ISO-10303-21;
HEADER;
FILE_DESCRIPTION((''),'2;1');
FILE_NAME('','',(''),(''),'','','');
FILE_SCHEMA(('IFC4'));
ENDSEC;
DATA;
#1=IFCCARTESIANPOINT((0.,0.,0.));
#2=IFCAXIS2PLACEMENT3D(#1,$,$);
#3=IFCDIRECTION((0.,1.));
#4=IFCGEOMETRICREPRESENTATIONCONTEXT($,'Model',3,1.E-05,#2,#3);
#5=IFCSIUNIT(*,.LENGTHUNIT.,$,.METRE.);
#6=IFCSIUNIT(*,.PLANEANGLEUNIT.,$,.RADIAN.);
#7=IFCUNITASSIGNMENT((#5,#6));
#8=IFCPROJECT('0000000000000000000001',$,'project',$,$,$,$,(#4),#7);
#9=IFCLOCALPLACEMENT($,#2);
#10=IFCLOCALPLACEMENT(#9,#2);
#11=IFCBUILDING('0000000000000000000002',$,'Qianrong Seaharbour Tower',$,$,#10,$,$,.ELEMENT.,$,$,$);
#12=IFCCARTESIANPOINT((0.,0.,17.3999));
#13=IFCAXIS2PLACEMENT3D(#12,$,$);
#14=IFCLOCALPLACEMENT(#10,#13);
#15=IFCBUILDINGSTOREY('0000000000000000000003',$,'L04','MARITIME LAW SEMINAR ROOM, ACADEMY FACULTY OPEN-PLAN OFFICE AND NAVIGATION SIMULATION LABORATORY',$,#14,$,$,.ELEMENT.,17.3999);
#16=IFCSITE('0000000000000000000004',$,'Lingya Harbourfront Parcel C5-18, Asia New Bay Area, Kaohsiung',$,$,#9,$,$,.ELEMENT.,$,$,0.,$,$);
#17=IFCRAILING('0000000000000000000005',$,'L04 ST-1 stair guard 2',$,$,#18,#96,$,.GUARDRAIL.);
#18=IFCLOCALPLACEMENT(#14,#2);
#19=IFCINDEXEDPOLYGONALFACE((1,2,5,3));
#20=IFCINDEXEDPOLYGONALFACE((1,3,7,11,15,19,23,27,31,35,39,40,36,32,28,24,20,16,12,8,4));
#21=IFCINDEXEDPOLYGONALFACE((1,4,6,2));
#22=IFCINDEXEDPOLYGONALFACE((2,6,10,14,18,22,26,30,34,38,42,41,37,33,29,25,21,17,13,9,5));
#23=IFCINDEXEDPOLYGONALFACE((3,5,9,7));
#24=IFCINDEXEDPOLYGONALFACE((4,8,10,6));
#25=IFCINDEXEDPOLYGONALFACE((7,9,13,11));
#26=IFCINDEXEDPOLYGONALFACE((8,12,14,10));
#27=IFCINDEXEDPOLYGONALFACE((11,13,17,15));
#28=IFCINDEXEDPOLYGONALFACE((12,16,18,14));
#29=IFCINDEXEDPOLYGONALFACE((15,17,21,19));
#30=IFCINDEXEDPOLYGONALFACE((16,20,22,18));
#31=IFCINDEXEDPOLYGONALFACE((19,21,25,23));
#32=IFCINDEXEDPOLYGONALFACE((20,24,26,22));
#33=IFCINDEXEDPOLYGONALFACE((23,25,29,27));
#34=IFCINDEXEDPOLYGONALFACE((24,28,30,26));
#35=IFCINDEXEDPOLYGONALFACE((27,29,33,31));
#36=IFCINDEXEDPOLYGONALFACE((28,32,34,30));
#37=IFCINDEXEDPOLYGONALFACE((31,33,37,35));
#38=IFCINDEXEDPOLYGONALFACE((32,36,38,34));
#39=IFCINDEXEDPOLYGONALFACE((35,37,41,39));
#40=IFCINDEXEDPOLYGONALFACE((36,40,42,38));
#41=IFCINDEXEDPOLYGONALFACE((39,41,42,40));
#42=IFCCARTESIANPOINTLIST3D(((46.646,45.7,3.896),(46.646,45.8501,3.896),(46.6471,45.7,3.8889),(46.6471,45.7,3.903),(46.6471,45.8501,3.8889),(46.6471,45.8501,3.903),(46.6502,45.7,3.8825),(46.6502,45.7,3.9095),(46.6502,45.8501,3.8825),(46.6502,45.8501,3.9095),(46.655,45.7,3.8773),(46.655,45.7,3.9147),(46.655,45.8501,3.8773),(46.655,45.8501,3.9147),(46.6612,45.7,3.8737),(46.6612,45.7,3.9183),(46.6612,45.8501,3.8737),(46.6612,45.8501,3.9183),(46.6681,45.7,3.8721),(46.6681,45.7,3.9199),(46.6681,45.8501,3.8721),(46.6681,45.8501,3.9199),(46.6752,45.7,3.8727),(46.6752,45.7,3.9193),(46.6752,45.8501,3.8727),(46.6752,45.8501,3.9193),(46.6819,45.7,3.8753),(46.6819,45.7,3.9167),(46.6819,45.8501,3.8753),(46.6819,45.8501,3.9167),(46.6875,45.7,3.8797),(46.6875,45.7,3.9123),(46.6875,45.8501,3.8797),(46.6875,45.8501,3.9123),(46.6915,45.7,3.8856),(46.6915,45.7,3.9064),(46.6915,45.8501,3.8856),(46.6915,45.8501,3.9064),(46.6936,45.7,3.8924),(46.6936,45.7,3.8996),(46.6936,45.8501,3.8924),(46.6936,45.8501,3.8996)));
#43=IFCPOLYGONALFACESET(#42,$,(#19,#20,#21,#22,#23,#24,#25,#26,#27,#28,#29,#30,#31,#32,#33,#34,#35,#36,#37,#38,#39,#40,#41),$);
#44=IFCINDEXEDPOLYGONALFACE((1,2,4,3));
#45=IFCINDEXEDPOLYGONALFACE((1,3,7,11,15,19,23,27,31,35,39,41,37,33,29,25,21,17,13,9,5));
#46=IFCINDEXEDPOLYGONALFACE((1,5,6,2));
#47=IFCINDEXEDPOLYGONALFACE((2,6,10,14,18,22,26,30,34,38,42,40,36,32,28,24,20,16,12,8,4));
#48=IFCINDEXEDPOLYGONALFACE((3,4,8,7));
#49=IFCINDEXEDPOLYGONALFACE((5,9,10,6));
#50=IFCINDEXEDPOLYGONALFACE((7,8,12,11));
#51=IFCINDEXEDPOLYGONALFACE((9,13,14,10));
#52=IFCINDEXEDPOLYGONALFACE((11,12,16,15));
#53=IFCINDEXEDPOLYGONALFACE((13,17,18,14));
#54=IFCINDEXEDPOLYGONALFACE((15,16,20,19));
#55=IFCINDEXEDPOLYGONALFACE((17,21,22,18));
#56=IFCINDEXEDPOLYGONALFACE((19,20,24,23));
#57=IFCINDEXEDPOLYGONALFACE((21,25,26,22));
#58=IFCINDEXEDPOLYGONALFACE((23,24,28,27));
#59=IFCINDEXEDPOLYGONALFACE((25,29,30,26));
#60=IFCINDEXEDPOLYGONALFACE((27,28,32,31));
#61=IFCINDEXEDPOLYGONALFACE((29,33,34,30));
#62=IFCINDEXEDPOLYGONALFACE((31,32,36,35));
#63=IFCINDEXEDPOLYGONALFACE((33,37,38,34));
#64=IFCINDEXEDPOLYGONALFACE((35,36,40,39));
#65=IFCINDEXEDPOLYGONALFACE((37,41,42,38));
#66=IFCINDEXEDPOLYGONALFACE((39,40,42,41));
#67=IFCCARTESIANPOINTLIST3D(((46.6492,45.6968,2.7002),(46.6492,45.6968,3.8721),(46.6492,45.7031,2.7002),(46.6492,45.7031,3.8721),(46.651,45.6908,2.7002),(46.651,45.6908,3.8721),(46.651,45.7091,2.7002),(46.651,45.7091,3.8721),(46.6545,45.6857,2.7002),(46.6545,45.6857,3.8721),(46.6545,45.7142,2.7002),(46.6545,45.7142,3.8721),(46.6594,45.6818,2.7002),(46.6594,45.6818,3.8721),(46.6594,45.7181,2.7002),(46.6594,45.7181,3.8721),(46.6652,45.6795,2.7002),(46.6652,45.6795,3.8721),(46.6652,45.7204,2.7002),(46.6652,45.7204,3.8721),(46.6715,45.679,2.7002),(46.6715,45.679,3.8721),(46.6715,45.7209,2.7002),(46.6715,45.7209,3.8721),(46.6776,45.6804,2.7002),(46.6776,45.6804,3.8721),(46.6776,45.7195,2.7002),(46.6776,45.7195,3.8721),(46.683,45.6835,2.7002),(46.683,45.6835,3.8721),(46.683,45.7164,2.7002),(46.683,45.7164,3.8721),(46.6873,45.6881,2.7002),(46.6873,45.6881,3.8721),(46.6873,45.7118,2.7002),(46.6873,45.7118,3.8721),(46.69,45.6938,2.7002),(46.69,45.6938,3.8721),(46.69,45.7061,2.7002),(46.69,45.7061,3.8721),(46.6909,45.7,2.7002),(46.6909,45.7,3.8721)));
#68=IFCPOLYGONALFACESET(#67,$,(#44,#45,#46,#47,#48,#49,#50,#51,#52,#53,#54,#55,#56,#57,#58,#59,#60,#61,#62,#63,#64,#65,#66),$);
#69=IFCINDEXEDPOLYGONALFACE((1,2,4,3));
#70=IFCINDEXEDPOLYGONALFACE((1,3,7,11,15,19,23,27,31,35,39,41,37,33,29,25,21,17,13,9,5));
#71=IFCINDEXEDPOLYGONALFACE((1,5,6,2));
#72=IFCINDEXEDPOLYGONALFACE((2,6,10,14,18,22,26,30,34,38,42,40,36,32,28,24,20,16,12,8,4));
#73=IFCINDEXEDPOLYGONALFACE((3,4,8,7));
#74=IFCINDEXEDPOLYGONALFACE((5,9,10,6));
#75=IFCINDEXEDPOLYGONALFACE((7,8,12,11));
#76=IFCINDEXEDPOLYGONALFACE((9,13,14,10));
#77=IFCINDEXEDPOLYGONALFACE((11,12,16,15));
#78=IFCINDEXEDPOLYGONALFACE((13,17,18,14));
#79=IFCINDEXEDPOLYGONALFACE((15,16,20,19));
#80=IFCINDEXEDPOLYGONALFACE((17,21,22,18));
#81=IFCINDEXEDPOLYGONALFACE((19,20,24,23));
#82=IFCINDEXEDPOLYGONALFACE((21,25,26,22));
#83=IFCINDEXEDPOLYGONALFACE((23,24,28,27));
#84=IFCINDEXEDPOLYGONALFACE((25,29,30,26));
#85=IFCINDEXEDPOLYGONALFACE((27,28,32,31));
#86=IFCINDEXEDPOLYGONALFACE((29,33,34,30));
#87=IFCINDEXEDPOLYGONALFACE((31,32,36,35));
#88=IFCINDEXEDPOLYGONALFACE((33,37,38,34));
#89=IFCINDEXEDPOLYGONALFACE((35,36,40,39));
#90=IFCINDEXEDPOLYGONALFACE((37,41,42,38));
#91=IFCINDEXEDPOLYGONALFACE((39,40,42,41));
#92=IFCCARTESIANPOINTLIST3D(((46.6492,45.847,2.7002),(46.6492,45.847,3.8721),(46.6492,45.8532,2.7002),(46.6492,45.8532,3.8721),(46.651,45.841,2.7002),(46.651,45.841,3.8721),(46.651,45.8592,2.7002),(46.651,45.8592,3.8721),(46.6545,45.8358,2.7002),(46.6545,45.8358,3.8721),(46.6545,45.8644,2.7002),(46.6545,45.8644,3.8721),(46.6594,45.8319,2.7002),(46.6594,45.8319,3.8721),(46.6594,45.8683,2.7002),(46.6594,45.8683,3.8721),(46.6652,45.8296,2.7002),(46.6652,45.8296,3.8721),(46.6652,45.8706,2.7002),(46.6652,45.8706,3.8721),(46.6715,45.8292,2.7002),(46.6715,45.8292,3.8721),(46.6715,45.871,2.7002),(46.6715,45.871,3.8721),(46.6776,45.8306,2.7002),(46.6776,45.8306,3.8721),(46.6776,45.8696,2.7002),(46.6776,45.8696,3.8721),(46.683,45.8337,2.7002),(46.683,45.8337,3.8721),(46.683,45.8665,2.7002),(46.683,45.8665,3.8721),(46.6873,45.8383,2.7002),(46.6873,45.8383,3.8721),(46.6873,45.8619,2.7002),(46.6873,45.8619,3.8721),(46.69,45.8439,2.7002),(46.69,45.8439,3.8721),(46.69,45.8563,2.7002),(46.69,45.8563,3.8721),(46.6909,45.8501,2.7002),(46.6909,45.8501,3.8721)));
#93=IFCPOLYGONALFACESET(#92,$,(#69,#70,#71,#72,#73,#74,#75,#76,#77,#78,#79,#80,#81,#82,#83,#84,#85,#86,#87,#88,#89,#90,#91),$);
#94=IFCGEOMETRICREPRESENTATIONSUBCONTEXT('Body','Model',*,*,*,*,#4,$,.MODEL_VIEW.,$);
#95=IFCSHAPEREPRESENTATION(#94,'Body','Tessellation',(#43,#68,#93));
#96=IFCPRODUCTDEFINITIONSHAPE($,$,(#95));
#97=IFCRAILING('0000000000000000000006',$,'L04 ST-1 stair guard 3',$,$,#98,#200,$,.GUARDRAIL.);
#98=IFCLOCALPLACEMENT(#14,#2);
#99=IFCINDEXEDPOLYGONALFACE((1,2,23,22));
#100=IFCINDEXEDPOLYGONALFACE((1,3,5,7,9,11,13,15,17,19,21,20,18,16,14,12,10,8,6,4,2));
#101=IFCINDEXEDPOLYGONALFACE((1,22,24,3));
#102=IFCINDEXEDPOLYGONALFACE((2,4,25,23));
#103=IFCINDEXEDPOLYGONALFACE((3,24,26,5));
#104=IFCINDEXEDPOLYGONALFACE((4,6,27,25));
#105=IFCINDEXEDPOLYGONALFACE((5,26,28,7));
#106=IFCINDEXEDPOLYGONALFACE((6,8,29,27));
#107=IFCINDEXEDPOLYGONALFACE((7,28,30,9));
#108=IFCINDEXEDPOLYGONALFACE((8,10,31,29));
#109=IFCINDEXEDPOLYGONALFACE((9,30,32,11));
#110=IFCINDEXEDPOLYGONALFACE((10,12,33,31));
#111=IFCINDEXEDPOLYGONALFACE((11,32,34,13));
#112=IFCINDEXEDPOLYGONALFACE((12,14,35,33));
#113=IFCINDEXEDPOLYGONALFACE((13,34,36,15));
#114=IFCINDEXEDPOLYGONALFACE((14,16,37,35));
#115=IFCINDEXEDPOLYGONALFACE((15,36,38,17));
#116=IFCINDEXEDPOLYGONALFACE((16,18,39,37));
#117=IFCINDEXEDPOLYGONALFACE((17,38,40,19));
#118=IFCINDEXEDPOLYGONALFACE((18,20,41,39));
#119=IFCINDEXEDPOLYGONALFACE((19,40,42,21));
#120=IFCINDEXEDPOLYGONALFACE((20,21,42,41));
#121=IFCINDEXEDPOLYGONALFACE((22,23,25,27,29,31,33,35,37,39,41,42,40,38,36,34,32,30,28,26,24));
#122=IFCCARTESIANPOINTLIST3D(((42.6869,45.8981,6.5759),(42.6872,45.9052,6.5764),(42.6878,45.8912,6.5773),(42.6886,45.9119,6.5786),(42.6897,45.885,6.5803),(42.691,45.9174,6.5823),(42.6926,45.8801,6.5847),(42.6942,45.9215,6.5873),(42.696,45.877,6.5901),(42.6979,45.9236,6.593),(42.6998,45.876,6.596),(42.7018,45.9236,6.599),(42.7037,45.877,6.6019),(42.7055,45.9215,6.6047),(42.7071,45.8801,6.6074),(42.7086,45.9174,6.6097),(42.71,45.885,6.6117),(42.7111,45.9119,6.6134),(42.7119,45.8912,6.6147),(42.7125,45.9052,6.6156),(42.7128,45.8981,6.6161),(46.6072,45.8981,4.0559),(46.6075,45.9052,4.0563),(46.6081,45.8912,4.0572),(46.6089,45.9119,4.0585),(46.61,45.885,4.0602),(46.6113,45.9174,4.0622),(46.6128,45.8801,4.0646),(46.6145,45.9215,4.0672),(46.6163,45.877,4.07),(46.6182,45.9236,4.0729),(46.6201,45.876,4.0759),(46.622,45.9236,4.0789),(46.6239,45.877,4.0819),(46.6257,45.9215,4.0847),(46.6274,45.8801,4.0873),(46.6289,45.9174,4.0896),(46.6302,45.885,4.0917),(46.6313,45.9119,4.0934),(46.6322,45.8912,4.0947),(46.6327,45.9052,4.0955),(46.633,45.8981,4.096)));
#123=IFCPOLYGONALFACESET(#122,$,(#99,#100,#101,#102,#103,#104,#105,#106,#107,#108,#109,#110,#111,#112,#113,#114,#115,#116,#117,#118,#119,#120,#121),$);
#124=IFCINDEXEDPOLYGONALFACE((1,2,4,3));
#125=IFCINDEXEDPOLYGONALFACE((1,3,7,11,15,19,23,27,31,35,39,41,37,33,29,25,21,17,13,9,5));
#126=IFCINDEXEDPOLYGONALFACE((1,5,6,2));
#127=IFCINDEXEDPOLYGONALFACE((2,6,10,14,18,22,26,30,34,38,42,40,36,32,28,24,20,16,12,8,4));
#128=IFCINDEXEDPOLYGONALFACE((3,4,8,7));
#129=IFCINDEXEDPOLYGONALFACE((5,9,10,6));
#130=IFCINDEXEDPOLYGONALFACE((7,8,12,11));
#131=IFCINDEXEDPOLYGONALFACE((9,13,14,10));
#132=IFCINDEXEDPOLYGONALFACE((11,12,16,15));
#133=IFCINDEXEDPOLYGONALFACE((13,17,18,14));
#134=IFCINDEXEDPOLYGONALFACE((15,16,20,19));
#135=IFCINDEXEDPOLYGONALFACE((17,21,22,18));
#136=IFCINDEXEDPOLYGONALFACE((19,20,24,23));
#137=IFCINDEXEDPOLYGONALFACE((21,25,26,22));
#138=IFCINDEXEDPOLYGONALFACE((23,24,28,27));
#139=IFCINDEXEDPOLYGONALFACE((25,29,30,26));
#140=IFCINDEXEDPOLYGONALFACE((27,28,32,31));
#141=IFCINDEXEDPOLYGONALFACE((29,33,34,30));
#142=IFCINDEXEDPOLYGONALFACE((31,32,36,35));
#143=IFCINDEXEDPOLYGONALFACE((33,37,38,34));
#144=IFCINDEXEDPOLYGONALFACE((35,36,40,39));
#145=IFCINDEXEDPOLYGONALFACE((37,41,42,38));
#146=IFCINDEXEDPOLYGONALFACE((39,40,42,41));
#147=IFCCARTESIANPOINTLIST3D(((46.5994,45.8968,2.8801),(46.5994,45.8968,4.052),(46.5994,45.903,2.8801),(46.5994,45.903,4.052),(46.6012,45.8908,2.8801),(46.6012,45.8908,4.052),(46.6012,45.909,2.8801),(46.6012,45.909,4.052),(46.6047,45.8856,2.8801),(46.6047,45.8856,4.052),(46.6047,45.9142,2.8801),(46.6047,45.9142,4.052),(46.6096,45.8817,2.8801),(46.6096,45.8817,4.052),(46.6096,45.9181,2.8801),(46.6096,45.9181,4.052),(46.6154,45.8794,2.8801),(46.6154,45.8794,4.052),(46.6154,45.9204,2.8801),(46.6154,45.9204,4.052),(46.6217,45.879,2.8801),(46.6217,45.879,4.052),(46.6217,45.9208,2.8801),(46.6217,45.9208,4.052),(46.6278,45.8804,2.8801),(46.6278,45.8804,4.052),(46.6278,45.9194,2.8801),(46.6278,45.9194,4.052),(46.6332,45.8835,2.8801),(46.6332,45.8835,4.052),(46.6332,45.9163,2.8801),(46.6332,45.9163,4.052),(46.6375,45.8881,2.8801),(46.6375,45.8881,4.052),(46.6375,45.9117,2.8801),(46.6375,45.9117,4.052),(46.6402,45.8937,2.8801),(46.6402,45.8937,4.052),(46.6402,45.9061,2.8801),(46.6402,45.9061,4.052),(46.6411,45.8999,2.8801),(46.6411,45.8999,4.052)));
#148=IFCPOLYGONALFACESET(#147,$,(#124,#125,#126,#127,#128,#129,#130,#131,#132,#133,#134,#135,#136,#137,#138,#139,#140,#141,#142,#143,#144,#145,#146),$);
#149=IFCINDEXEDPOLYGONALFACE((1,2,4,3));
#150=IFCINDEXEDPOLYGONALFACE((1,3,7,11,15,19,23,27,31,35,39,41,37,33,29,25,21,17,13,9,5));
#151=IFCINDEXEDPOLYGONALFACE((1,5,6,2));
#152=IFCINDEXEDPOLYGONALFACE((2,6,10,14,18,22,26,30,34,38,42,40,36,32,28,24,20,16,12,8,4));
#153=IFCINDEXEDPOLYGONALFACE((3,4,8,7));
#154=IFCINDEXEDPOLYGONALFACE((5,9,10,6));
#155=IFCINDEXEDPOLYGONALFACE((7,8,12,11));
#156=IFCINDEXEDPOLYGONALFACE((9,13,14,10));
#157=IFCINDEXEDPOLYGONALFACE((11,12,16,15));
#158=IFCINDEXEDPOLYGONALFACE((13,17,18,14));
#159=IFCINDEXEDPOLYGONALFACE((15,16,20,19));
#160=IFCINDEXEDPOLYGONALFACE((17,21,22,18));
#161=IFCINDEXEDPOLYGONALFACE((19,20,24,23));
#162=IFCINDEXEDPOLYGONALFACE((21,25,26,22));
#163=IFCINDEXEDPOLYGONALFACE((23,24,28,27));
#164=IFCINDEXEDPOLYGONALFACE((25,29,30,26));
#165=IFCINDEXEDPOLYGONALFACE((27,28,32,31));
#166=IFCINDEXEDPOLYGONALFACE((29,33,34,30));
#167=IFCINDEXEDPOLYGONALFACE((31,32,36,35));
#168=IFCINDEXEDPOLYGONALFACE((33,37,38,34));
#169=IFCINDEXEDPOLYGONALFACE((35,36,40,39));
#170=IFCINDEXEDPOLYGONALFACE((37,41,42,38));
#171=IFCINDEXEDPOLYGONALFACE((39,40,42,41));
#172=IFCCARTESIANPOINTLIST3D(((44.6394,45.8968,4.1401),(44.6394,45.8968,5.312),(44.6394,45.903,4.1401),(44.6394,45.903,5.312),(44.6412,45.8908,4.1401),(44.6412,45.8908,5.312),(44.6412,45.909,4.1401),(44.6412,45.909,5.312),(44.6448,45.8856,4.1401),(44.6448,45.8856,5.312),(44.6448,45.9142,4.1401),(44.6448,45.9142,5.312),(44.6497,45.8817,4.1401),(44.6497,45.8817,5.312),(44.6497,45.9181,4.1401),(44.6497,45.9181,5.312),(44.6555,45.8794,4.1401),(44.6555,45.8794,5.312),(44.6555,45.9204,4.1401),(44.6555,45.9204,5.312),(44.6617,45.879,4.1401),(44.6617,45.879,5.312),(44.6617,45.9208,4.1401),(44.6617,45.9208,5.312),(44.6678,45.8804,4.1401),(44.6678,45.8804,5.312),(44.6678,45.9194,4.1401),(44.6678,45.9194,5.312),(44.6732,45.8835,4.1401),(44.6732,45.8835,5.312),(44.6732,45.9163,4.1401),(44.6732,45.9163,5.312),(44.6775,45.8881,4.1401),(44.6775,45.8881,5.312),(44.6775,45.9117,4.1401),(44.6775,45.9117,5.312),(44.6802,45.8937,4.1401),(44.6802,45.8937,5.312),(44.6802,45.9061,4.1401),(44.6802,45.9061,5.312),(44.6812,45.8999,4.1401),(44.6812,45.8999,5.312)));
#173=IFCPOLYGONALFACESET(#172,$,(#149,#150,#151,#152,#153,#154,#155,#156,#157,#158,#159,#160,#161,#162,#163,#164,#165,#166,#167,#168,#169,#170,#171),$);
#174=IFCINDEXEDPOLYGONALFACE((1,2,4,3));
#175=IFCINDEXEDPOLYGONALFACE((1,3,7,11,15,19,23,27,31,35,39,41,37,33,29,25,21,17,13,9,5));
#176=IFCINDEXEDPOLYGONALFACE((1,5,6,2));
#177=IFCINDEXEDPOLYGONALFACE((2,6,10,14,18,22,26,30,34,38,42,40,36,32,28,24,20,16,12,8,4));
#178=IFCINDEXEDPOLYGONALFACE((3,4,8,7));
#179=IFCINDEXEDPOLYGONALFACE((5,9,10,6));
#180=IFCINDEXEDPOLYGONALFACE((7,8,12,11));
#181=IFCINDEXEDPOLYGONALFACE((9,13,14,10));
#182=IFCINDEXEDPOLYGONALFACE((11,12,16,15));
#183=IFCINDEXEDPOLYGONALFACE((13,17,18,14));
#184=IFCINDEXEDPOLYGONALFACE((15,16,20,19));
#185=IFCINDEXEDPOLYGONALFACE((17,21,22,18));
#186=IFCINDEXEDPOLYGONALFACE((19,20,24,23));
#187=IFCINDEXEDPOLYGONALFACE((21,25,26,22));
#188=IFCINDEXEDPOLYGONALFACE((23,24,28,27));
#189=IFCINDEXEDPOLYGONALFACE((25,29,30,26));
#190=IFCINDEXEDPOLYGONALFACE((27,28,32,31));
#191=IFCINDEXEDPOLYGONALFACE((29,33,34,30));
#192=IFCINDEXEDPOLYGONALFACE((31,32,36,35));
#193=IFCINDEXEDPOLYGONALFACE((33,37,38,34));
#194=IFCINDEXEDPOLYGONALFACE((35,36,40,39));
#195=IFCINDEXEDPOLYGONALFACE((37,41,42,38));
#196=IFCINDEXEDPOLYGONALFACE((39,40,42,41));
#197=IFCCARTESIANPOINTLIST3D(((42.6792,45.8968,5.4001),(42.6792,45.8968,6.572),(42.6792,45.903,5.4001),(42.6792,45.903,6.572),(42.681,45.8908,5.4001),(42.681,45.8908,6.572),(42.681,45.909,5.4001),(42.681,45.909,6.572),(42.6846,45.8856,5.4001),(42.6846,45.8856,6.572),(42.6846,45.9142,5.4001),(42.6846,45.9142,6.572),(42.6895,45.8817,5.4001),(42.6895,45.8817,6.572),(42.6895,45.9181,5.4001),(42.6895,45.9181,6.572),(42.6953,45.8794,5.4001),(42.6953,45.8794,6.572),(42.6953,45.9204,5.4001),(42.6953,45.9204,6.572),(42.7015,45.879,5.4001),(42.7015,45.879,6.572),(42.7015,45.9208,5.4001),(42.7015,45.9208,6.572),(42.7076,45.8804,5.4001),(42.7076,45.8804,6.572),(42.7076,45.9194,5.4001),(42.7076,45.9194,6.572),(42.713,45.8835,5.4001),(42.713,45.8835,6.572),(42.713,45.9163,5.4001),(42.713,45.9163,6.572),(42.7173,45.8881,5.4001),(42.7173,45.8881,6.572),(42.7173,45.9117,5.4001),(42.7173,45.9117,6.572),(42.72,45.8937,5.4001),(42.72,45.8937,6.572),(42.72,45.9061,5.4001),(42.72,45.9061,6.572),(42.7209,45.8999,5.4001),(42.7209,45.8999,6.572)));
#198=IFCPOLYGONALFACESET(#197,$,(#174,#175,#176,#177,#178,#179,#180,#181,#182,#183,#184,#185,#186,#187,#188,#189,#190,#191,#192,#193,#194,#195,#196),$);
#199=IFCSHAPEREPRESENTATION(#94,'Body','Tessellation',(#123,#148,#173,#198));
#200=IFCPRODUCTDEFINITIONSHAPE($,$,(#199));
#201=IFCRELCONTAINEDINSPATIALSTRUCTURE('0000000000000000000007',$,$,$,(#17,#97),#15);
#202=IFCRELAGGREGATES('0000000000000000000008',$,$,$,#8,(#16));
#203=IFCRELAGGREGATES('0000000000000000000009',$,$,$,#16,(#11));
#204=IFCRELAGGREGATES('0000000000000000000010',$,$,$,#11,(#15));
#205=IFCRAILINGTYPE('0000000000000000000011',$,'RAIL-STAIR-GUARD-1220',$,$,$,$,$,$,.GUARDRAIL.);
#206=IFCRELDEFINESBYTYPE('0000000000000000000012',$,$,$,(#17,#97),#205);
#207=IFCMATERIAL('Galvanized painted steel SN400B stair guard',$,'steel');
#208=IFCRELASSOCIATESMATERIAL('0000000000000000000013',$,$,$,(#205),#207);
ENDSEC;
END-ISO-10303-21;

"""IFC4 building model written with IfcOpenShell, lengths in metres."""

from ifc_helpers import new_model, si_unit, direction, frame, origin, origin_2d, place, context, subcontext, project, spatial, circle, extrude, material, type_object, element, save


model = new_model("IFC4")

# Units and contexts
model_context = context("Model", 3, precision=1e-05, world=origin(), true_north=direction((0.0, 1.0)))
body_context = subcontext(model_context, "Body", "Model", "MODEL_VIEW")
ifc_project = project(units=[si_unit("LENGTHUNIT", "METRE"), si_unit("PLANEANGLEUNIT", "RADIAN")], contexts=[model_context])

# Site, building, storey
site_placement = place(None, origin())
site = spatial("IfcSite", under=ifc_project, at=site_placement, Name="Lingya Harbourfront Parcel C5-18, Asia New Bay Area, Kaohsiung", CompositionType="ELEMENT", RefElevation=0.0)
building_placement = place(site_placement, origin())
building = spatial("IfcBuilding", under=site, at=building_placement, Name="Qianrong Seaharbour Tower", CompositionType="ELEMENT")
storey_placement = place(building_placement, frame((0.0, 0.0, 17.3999)))
storey = spatial("IfcBuildingStorey", under=building, at=storey_placement, Name="L04", Description="MARITIME LAW SEMINAR ROOM, ACADEMY FACULTY OPEN-PLAN OFFICE AND NAVIGATION SIMULATION LABORATORY", CompositionType="ELEMENT", Elevation=17.3999)

# Railings
ifc_material_1 = material(Name="Galvanized painted steel SN400B stair guard", Category="steel")
railing_type_1 = type_object("IfcRailingType", Name="RAIL-STAIR-GUARD-1220", PredefinedType="GUARDRAIL", material=ifc_material_1)
railing_1_placement = place(storey_placement, frame((46.6699, 45.7, 2.7002)))
element("IfcRailing", 1, at=railing_1_placement, inside=storey, type_object=railing_type_1, Name="L04 ST-1 stair guard 2", PredefinedType="GUARDRAIL", context=body_context, shape_type="SweptSolid", body=[
    extrude(circle(Radius=0.0239, at=origin_2d()), frame((0.0, 0.0, 1.1958), z_axis=(0.0, 1.0, 0.0), x_axis=(-1.0, 0.0, 0.0)), (0.0, 0.0, 1.0), 0.1501),
    extrude(circle(Radius=0.021, at=origin_2d()), origin(), (0.0, 0.0, 1.0), 1.1719),
    extrude(circle(Radius=0.021, at=origin_2d()), frame((0.0, 0.1501, 0.0)), (0.0, 0.0, 1.0), 1.1719),
])
railing_2_placement = place(storey_placement, frame((46.6201, 45.8999, 2.8801)))
element("IfcRailing", 2, at=railing_2_placement, inside=storey, type_object=railing_type_1, Name="L04 ST-1 stair guard 3", PredefinedType="GUARDRAIL", context=body_context, shape_type="SweptSolid", body=[
    extrude(circle(Radius=0.0239, at=origin_2d()), frame((0.0, 0.0, 1.1958), z_axis=(-0.841187, 0.0, 0.540744), x_axis=(0.0, -1.0, 0.0)), (0.0, 0.0, 1.0), 4.6604),
    extrude(circle(Radius=0.021, at=origin_2d()), origin(), (0.0, 0.0, 1.0), 1.1719),
    extrude(circle(Radius=0.021, at=origin_2d()), frame((-1.96, 0.0, 1.26)), (0.0, 0.0, 1.0), 1.1719),
    extrude(circle(Radius=0.021, at=origin_2d()), frame((-3.9202, 0.0, 2.52)), (0.0, 0.0, 1.0), 1.1719),
])

save(model, "model.ifc")
